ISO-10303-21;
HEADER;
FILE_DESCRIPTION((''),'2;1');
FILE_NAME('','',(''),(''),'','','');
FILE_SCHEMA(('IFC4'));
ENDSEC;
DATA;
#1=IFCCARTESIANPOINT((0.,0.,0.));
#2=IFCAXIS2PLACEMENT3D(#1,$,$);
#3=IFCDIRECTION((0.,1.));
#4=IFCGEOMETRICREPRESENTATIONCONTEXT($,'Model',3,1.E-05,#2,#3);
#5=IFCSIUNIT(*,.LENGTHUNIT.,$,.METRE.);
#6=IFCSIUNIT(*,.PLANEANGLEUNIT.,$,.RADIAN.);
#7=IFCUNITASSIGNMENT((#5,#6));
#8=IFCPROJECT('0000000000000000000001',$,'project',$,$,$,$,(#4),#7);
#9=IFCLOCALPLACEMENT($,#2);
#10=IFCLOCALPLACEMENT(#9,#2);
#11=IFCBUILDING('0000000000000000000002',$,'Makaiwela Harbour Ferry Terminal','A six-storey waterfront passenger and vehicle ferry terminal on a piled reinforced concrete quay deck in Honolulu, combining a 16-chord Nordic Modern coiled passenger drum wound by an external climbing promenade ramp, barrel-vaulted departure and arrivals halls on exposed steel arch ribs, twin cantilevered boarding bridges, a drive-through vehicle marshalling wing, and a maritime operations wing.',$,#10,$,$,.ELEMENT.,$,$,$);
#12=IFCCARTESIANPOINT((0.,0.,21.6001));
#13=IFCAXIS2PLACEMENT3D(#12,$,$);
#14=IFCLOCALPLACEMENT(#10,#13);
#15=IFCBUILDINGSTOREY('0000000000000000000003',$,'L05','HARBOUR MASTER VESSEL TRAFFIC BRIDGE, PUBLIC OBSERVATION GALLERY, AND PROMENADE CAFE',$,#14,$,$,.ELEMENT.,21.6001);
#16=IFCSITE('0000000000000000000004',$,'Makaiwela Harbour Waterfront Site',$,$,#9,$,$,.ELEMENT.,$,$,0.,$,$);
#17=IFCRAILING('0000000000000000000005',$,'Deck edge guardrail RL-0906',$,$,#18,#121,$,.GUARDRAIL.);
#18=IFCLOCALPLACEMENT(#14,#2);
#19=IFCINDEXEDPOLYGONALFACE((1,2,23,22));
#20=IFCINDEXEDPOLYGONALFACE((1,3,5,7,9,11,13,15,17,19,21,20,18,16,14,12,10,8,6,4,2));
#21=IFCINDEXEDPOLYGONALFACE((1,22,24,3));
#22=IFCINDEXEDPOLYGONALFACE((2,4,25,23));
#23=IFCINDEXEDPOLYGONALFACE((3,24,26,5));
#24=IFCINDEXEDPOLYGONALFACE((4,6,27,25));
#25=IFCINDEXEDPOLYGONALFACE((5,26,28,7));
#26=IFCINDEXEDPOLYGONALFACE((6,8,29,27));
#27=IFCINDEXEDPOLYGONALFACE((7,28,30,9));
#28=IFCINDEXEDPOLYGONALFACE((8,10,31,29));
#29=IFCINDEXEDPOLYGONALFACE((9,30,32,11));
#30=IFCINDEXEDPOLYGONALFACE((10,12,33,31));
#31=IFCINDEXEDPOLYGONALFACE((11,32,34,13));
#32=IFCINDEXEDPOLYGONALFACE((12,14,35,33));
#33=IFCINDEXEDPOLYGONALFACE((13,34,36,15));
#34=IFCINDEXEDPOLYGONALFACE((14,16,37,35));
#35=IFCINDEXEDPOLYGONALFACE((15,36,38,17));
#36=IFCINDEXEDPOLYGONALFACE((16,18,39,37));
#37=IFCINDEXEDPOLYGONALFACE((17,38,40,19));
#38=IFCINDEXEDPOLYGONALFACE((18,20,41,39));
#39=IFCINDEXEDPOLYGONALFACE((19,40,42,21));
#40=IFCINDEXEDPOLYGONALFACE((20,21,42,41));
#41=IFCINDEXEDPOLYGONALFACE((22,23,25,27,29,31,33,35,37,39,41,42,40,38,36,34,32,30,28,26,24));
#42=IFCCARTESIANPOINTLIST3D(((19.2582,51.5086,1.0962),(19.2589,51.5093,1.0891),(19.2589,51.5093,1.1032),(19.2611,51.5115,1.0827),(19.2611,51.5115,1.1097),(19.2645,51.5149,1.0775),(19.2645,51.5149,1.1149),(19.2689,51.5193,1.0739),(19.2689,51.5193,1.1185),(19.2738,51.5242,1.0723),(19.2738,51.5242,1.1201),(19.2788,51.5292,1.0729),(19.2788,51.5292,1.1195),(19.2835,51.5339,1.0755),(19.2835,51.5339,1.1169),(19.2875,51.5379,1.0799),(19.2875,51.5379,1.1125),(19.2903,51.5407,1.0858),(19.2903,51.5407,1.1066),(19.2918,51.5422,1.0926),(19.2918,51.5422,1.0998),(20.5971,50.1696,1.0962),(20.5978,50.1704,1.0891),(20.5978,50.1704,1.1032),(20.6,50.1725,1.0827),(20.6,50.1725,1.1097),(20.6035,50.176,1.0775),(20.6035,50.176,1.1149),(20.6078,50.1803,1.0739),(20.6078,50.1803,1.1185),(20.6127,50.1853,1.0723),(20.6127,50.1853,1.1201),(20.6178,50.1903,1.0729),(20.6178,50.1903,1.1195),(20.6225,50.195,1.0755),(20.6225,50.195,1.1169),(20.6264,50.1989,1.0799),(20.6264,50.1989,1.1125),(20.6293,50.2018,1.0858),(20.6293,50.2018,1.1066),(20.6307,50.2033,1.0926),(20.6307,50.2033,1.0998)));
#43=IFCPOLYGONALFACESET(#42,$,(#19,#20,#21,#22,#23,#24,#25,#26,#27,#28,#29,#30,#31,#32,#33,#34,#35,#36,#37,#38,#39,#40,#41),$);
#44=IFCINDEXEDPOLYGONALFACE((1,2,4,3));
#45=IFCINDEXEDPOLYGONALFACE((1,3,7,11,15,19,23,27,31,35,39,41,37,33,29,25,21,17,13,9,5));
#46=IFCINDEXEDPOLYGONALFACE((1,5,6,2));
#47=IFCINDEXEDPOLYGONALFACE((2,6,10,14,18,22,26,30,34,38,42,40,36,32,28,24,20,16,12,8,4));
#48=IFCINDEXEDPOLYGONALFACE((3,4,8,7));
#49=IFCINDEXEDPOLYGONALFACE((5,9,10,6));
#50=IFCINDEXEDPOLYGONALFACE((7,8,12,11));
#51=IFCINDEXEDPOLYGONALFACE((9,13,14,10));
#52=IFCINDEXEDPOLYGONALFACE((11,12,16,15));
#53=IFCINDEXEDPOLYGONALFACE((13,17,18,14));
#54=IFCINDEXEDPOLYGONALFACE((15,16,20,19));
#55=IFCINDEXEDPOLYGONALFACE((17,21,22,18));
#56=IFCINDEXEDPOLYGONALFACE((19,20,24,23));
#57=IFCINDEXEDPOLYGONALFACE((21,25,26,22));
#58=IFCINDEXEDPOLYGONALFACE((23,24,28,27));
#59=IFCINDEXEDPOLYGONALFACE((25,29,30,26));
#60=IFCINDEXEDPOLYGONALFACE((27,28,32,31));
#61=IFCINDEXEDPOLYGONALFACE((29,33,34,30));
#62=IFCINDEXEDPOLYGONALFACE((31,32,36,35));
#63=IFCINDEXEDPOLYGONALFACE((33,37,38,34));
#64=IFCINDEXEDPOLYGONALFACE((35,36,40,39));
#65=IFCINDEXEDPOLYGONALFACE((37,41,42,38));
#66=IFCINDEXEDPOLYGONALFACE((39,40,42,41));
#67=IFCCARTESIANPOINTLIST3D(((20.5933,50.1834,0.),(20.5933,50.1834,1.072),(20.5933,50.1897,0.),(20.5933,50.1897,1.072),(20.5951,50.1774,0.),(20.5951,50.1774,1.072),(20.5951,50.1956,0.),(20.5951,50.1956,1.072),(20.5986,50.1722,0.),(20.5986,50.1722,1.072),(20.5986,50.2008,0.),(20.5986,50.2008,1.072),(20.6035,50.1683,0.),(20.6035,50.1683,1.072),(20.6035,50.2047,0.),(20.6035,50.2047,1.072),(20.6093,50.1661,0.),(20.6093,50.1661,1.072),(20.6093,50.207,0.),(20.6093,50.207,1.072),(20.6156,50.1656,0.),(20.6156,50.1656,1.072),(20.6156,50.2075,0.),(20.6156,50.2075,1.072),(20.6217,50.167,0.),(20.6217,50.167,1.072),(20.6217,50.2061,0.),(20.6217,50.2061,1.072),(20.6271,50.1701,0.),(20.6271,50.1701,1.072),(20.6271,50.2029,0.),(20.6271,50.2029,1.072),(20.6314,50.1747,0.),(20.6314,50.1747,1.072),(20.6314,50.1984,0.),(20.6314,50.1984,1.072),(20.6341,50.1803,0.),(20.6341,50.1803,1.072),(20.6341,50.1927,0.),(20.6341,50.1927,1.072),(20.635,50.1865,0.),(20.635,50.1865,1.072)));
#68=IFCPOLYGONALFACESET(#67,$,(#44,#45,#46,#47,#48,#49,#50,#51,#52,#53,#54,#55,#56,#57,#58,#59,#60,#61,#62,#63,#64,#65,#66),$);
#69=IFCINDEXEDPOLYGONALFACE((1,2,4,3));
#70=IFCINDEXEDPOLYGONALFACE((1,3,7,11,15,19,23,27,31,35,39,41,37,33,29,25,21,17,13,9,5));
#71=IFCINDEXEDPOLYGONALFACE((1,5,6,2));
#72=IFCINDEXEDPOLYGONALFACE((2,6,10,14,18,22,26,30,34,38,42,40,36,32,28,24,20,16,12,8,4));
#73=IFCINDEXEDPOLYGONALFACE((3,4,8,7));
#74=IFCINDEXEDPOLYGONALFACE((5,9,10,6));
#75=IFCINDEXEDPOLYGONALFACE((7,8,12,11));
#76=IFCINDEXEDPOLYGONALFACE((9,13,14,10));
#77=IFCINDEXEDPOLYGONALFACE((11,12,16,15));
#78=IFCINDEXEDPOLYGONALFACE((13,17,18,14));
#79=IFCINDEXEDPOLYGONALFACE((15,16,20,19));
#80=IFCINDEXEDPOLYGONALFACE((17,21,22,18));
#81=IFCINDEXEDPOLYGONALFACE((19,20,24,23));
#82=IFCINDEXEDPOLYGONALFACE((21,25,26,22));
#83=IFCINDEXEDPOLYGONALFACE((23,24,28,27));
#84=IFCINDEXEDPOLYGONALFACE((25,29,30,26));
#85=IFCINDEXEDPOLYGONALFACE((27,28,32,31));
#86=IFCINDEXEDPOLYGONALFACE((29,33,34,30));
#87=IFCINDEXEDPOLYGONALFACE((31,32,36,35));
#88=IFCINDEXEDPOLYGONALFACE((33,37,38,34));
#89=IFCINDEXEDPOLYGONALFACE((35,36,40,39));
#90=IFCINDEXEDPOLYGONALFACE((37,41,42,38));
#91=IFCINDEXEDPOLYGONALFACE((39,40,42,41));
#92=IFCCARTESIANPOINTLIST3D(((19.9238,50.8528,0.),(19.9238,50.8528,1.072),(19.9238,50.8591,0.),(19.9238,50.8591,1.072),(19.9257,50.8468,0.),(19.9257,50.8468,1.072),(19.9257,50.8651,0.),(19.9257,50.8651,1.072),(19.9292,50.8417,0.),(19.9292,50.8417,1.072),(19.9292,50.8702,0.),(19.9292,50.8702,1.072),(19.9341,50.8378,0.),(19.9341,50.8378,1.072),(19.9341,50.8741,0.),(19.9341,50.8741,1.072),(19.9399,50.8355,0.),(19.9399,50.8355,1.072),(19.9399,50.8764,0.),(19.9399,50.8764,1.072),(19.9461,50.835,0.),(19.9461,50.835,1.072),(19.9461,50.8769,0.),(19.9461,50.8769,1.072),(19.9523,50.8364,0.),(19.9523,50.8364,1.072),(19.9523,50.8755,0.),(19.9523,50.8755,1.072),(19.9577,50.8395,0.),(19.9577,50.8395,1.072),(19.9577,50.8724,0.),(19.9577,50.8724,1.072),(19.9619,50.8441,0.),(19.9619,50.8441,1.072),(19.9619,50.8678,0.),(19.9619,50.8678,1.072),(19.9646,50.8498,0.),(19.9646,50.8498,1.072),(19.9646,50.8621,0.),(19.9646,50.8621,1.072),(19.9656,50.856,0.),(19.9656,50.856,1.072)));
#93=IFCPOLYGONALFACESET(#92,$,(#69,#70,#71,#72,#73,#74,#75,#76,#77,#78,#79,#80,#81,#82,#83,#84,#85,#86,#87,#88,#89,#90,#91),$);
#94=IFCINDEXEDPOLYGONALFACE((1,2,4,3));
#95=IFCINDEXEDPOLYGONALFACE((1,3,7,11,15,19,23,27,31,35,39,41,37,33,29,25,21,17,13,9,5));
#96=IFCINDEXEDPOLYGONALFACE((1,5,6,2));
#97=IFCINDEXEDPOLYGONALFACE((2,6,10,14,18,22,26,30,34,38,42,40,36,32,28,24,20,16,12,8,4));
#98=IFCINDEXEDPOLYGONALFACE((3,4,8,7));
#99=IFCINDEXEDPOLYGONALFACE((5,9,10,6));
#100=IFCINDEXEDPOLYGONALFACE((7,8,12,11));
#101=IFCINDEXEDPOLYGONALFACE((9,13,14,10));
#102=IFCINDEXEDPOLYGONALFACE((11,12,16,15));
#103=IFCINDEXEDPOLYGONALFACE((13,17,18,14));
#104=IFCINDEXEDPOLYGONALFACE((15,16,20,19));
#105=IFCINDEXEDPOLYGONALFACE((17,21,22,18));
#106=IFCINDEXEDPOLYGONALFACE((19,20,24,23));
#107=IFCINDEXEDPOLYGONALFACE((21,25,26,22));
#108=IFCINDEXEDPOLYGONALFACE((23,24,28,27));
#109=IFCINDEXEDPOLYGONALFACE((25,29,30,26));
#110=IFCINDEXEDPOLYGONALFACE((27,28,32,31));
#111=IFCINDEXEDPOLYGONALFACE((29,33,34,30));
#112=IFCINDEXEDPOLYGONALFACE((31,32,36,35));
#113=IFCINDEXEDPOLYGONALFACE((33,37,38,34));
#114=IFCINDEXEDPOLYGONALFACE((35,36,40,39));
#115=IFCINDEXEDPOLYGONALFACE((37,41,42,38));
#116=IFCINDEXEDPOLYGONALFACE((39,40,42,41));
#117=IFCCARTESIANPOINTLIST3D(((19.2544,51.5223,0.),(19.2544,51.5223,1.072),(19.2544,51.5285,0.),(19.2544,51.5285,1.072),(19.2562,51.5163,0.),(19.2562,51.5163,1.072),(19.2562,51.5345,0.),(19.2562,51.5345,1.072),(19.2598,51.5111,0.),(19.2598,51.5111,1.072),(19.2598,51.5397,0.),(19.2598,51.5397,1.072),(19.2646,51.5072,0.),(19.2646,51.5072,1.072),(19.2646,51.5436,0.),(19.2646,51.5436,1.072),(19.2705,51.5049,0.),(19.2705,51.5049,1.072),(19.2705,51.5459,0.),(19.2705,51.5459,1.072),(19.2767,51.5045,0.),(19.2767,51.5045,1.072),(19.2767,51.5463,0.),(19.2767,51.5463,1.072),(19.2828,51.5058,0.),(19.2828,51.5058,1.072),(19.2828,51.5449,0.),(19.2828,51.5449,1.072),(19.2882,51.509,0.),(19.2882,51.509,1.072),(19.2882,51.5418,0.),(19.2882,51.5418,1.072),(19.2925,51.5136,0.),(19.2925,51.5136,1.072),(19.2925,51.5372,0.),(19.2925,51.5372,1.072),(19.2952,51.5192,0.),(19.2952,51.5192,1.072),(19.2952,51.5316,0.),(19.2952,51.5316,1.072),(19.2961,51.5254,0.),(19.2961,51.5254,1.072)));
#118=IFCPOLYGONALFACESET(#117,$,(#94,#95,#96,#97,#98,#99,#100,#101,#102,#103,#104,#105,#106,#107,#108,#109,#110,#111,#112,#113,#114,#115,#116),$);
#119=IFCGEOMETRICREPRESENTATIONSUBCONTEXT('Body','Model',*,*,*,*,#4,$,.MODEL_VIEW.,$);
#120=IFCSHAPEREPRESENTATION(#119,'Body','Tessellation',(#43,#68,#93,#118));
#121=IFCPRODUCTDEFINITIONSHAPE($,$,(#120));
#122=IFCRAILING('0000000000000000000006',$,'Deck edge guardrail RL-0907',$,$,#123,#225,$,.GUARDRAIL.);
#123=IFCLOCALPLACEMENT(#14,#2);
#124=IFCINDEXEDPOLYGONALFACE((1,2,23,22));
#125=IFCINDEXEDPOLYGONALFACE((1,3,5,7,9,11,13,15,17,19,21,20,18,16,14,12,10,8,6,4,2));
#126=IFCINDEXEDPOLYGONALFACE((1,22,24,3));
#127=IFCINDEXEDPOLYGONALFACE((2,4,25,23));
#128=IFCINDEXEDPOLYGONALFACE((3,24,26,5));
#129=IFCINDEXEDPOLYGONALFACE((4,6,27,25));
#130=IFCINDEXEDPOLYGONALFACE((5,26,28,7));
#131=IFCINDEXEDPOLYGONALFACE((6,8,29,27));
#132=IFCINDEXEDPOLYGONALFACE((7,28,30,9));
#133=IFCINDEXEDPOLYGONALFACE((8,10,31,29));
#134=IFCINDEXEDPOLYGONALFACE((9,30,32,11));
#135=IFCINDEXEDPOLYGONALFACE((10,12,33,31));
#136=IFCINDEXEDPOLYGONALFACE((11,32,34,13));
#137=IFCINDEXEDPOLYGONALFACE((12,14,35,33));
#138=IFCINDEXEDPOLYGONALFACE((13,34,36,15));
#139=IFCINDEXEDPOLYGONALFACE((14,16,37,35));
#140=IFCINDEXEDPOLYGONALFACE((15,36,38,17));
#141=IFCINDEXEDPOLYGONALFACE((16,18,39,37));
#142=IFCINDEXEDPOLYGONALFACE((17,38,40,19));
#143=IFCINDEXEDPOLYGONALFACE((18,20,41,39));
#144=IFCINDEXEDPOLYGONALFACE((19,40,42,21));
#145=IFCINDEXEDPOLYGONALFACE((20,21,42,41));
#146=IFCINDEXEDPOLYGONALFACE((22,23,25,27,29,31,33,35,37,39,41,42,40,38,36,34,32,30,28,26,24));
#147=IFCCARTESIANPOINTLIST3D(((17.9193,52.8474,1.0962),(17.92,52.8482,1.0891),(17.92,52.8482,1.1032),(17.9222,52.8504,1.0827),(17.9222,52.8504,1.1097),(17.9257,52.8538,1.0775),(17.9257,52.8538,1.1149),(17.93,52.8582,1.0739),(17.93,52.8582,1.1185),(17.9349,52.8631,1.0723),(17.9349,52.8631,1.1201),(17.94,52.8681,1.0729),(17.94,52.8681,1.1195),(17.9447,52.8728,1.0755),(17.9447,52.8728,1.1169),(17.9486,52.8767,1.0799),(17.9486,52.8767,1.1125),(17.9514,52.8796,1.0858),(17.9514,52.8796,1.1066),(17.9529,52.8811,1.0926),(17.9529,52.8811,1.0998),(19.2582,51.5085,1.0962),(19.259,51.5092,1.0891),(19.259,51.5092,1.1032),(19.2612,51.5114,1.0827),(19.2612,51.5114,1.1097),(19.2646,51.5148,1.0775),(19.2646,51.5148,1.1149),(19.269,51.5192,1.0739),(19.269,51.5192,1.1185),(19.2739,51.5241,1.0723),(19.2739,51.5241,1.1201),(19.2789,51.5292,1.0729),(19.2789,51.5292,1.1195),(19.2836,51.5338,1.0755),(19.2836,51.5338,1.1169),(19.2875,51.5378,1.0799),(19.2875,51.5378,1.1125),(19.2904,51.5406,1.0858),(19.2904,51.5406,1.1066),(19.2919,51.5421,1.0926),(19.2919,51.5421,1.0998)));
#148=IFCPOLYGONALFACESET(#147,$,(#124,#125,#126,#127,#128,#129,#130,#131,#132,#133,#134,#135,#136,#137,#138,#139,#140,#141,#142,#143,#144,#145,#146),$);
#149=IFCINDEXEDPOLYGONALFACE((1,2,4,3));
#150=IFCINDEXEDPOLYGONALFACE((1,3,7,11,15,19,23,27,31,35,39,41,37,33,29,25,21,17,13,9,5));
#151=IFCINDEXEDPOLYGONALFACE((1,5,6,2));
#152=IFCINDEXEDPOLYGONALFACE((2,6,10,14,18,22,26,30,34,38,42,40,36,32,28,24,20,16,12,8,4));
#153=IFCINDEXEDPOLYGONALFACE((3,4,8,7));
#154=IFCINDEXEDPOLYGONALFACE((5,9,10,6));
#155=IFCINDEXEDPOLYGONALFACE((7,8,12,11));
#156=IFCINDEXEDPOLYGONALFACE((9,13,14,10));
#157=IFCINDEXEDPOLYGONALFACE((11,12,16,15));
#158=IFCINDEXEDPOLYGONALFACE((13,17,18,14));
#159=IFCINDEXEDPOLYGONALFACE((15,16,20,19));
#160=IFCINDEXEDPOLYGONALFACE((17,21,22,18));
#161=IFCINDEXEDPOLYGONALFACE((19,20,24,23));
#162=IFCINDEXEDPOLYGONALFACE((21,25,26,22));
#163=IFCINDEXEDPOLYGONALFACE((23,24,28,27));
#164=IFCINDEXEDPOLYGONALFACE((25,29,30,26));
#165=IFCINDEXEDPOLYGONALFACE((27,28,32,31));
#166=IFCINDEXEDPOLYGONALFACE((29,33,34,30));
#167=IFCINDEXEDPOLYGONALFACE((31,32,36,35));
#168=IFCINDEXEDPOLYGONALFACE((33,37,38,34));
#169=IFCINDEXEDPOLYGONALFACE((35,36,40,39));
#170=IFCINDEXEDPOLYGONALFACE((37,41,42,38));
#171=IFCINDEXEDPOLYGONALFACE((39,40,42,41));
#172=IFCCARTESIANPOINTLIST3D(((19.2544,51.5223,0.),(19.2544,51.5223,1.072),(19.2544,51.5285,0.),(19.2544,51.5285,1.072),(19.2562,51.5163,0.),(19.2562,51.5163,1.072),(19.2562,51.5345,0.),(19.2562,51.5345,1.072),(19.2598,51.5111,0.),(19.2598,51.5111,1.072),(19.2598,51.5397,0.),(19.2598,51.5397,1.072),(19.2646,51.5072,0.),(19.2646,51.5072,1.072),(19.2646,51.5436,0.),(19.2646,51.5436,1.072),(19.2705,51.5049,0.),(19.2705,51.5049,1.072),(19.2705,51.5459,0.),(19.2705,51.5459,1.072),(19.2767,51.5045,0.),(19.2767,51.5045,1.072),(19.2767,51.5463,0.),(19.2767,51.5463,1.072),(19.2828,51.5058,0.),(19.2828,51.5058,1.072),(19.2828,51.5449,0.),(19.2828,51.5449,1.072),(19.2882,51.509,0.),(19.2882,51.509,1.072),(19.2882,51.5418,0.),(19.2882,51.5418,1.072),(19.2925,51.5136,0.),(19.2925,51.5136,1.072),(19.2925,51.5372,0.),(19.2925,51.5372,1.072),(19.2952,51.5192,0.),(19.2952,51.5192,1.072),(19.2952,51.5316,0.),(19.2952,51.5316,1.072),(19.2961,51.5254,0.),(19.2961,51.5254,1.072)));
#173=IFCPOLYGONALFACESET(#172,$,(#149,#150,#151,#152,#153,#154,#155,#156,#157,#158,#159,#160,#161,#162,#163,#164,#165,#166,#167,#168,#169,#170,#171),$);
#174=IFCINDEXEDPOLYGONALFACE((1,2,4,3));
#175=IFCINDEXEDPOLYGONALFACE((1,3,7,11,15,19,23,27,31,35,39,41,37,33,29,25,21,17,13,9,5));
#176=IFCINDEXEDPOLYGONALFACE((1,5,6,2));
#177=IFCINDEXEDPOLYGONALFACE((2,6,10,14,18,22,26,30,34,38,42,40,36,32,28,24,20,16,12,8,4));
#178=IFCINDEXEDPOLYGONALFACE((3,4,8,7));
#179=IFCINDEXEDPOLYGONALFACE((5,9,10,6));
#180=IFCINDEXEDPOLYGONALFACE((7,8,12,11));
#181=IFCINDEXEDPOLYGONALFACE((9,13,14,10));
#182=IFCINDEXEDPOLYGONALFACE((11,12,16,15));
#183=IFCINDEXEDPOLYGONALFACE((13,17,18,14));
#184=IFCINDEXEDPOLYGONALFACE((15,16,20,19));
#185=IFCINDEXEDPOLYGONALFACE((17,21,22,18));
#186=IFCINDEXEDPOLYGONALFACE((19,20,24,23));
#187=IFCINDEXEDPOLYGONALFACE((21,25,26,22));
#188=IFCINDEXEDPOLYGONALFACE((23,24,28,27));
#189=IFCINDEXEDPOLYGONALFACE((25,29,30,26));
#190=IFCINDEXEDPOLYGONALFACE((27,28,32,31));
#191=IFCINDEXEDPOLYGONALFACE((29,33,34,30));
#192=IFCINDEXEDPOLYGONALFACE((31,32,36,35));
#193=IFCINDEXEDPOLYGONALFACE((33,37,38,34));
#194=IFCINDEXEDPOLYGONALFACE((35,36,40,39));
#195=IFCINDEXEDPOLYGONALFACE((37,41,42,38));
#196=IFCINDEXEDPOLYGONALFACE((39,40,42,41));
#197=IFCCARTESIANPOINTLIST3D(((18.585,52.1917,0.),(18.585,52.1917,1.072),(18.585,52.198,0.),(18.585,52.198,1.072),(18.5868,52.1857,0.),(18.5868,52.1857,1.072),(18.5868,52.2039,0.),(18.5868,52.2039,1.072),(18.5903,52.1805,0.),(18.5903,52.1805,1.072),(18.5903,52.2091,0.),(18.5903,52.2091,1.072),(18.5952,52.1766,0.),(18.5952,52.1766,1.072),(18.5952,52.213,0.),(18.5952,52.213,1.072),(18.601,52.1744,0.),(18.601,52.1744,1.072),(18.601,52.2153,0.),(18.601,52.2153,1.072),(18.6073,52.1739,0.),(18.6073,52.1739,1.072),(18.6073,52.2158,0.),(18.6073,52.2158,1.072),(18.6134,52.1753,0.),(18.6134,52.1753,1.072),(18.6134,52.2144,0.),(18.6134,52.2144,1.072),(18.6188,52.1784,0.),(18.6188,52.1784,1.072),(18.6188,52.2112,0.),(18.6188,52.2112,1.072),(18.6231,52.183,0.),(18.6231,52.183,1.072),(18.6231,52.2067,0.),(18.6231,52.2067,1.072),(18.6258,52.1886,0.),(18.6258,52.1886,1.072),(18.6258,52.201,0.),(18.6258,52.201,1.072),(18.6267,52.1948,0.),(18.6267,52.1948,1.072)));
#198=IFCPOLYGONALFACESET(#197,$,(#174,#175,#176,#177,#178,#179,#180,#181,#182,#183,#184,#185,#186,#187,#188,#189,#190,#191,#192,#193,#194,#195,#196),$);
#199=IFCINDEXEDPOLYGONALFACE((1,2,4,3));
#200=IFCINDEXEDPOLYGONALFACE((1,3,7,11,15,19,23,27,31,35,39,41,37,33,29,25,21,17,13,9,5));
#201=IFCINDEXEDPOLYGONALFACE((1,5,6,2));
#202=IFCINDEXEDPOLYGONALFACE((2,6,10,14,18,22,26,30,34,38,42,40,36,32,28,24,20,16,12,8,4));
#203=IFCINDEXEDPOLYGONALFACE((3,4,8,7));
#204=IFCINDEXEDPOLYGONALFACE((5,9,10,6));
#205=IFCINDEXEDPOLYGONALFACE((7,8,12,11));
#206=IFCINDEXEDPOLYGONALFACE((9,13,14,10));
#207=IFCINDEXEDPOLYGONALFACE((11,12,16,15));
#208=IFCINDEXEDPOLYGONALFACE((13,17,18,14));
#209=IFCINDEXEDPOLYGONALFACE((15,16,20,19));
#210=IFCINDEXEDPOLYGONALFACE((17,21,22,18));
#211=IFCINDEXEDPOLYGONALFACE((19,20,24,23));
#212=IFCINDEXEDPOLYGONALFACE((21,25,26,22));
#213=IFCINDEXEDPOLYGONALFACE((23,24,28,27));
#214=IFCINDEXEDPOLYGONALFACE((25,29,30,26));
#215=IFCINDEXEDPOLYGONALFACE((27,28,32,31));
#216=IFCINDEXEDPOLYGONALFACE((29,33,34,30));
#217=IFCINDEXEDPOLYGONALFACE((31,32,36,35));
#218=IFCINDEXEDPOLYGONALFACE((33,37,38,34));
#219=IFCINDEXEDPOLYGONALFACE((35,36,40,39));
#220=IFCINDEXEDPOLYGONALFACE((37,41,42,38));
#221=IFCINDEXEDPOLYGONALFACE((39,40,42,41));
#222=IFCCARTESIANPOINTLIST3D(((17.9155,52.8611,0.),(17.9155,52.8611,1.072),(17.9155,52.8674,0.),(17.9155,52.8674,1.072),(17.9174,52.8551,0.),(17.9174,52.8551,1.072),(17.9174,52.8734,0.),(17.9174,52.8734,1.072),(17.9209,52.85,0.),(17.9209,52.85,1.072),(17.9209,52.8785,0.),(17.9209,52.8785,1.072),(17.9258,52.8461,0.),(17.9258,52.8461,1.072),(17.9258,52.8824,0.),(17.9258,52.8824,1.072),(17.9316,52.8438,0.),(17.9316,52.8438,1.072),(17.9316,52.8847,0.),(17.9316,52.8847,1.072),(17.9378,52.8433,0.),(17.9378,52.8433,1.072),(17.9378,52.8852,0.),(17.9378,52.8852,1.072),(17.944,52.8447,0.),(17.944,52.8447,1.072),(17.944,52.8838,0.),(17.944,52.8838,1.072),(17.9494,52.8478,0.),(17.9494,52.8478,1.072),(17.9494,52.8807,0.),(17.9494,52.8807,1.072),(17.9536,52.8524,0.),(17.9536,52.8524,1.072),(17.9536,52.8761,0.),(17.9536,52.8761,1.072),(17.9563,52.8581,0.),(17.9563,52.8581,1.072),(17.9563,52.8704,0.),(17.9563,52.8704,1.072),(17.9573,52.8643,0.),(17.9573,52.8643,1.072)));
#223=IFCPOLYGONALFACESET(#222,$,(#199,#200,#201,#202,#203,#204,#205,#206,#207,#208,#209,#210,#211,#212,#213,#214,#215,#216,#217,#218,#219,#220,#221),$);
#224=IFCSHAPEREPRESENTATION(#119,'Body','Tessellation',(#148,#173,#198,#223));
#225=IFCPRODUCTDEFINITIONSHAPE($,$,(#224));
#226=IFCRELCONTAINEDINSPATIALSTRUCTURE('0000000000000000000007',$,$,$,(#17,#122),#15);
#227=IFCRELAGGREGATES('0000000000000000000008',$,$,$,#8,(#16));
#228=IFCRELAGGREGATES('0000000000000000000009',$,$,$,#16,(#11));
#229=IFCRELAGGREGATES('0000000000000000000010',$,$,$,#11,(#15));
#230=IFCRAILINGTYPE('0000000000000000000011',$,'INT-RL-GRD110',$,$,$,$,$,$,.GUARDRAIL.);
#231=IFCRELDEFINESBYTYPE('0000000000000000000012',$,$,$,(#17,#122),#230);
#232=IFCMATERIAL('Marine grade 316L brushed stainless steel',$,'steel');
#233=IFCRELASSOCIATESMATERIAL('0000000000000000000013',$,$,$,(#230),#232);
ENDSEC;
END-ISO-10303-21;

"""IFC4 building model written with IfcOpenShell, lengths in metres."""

from ifc_helpers import new_model, si_unit, direction, frame, origin, origin_2d, place, context, subcontext, project, spatial, circle, extrude, material, type_object, element, save


model = new_model("IFC4")

# Units and contexts
model_context = context("Model", 3, precision=1e-05, world=origin(), true_north=direction((0.0, 1.0)))
body_context = subcontext(model_context, "Body", "Model", "MODEL_VIEW")
ifc_project = project(units=[si_unit("LENGTHUNIT", "METRE"), si_unit("PLANEANGLEUNIT", "RADIAN")], contexts=[model_context])

# Site, building, storey
site_placement = place(None, origin())
site = spatial("IfcSite", under=ifc_project, at=site_placement, Name="Makaiwela Harbour Waterfront Site", CompositionType="ELEMENT", RefElevation=0.0)
building_placement = place(site_placement, origin())
building = spatial("IfcBuilding", under=site, at=building_placement, Name="Makaiwela Harbour Ferry Terminal", Description="A six-storey waterfront passenger and vehicle ferry terminal on a piled reinforced concrete quay deck in Honolulu, combining a 16-chord Nordic Modern coiled passenger drum wound by an external climbing promenade ramp, barrel-vaulted departure and arrivals halls on exposed steel arch ribs, twin cantilevered boarding bridges, a drive-through vehicle marshalling wing, and a maritime operations wing.", CompositionType="ELEMENT")
storey_placement = place(building_placement, frame((0.0, 0.0, 21.6001)))
storey = spatial("IfcBuildingStorey", under=building, at=storey_placement, Name="L05", Description="HARBOUR MASTER VESSEL TRAFFIC BRIDGE, PUBLIC OBSERVATION GALLERY, AND PROMENADE CAFE", CompositionType="ELEMENT", Elevation=21.6001)

# Railings
ifc_material_1 = material(Name="Marine grade 316L brushed stainless steel", Category="steel")
railing_type = type_object("IfcRailingType", Name="INT-RL-GRD110", PredefinedType="GUARDRAIL", material=ifc_material_1)
for number, where, name in (
    (1, (20.614, 50.1865, 0.0), "Deck edge guardrail RL-0906"),
    (2, (19.2751, 51.5254, 0.0), "Deck edge guardrail RL-0907"),
):
    element("IfcRailing", number, at=place(storey_placement, frame(where)), inside=storey, type_object=railing_type, Name=name, PredefinedType="GUARDRAIL", context=body_context, shape_type="SweptSolid", body=[
        extrude(circle(Radius=0.0239, at=origin_2d()), frame((0.0, 0.0, 1.0962), z_axis=(-0.707107, 0.707107, 0.0), x_axis=(-0.707107, -0.707107, 0.0)), (0.0, 0.0, 1.0), 1.8936),
        extrude(circle(Radius=0.021, at=origin_2d()), origin(), (0.0, 0.0, 1.0), 1.072),
        extrude(circle(Radius=0.021, at=origin_2d()), frame((-0.6694, 0.6694, 0.0)), (0.0, 0.0, 1.0), 1.072),
        extrude(circle(Radius=0.021, at=origin_2d()), frame((-1.3389, 1.3389, 0.0)), (0.0, 0.0, 1.0), 1.072),
    ])

save(model, "model.ifc")
